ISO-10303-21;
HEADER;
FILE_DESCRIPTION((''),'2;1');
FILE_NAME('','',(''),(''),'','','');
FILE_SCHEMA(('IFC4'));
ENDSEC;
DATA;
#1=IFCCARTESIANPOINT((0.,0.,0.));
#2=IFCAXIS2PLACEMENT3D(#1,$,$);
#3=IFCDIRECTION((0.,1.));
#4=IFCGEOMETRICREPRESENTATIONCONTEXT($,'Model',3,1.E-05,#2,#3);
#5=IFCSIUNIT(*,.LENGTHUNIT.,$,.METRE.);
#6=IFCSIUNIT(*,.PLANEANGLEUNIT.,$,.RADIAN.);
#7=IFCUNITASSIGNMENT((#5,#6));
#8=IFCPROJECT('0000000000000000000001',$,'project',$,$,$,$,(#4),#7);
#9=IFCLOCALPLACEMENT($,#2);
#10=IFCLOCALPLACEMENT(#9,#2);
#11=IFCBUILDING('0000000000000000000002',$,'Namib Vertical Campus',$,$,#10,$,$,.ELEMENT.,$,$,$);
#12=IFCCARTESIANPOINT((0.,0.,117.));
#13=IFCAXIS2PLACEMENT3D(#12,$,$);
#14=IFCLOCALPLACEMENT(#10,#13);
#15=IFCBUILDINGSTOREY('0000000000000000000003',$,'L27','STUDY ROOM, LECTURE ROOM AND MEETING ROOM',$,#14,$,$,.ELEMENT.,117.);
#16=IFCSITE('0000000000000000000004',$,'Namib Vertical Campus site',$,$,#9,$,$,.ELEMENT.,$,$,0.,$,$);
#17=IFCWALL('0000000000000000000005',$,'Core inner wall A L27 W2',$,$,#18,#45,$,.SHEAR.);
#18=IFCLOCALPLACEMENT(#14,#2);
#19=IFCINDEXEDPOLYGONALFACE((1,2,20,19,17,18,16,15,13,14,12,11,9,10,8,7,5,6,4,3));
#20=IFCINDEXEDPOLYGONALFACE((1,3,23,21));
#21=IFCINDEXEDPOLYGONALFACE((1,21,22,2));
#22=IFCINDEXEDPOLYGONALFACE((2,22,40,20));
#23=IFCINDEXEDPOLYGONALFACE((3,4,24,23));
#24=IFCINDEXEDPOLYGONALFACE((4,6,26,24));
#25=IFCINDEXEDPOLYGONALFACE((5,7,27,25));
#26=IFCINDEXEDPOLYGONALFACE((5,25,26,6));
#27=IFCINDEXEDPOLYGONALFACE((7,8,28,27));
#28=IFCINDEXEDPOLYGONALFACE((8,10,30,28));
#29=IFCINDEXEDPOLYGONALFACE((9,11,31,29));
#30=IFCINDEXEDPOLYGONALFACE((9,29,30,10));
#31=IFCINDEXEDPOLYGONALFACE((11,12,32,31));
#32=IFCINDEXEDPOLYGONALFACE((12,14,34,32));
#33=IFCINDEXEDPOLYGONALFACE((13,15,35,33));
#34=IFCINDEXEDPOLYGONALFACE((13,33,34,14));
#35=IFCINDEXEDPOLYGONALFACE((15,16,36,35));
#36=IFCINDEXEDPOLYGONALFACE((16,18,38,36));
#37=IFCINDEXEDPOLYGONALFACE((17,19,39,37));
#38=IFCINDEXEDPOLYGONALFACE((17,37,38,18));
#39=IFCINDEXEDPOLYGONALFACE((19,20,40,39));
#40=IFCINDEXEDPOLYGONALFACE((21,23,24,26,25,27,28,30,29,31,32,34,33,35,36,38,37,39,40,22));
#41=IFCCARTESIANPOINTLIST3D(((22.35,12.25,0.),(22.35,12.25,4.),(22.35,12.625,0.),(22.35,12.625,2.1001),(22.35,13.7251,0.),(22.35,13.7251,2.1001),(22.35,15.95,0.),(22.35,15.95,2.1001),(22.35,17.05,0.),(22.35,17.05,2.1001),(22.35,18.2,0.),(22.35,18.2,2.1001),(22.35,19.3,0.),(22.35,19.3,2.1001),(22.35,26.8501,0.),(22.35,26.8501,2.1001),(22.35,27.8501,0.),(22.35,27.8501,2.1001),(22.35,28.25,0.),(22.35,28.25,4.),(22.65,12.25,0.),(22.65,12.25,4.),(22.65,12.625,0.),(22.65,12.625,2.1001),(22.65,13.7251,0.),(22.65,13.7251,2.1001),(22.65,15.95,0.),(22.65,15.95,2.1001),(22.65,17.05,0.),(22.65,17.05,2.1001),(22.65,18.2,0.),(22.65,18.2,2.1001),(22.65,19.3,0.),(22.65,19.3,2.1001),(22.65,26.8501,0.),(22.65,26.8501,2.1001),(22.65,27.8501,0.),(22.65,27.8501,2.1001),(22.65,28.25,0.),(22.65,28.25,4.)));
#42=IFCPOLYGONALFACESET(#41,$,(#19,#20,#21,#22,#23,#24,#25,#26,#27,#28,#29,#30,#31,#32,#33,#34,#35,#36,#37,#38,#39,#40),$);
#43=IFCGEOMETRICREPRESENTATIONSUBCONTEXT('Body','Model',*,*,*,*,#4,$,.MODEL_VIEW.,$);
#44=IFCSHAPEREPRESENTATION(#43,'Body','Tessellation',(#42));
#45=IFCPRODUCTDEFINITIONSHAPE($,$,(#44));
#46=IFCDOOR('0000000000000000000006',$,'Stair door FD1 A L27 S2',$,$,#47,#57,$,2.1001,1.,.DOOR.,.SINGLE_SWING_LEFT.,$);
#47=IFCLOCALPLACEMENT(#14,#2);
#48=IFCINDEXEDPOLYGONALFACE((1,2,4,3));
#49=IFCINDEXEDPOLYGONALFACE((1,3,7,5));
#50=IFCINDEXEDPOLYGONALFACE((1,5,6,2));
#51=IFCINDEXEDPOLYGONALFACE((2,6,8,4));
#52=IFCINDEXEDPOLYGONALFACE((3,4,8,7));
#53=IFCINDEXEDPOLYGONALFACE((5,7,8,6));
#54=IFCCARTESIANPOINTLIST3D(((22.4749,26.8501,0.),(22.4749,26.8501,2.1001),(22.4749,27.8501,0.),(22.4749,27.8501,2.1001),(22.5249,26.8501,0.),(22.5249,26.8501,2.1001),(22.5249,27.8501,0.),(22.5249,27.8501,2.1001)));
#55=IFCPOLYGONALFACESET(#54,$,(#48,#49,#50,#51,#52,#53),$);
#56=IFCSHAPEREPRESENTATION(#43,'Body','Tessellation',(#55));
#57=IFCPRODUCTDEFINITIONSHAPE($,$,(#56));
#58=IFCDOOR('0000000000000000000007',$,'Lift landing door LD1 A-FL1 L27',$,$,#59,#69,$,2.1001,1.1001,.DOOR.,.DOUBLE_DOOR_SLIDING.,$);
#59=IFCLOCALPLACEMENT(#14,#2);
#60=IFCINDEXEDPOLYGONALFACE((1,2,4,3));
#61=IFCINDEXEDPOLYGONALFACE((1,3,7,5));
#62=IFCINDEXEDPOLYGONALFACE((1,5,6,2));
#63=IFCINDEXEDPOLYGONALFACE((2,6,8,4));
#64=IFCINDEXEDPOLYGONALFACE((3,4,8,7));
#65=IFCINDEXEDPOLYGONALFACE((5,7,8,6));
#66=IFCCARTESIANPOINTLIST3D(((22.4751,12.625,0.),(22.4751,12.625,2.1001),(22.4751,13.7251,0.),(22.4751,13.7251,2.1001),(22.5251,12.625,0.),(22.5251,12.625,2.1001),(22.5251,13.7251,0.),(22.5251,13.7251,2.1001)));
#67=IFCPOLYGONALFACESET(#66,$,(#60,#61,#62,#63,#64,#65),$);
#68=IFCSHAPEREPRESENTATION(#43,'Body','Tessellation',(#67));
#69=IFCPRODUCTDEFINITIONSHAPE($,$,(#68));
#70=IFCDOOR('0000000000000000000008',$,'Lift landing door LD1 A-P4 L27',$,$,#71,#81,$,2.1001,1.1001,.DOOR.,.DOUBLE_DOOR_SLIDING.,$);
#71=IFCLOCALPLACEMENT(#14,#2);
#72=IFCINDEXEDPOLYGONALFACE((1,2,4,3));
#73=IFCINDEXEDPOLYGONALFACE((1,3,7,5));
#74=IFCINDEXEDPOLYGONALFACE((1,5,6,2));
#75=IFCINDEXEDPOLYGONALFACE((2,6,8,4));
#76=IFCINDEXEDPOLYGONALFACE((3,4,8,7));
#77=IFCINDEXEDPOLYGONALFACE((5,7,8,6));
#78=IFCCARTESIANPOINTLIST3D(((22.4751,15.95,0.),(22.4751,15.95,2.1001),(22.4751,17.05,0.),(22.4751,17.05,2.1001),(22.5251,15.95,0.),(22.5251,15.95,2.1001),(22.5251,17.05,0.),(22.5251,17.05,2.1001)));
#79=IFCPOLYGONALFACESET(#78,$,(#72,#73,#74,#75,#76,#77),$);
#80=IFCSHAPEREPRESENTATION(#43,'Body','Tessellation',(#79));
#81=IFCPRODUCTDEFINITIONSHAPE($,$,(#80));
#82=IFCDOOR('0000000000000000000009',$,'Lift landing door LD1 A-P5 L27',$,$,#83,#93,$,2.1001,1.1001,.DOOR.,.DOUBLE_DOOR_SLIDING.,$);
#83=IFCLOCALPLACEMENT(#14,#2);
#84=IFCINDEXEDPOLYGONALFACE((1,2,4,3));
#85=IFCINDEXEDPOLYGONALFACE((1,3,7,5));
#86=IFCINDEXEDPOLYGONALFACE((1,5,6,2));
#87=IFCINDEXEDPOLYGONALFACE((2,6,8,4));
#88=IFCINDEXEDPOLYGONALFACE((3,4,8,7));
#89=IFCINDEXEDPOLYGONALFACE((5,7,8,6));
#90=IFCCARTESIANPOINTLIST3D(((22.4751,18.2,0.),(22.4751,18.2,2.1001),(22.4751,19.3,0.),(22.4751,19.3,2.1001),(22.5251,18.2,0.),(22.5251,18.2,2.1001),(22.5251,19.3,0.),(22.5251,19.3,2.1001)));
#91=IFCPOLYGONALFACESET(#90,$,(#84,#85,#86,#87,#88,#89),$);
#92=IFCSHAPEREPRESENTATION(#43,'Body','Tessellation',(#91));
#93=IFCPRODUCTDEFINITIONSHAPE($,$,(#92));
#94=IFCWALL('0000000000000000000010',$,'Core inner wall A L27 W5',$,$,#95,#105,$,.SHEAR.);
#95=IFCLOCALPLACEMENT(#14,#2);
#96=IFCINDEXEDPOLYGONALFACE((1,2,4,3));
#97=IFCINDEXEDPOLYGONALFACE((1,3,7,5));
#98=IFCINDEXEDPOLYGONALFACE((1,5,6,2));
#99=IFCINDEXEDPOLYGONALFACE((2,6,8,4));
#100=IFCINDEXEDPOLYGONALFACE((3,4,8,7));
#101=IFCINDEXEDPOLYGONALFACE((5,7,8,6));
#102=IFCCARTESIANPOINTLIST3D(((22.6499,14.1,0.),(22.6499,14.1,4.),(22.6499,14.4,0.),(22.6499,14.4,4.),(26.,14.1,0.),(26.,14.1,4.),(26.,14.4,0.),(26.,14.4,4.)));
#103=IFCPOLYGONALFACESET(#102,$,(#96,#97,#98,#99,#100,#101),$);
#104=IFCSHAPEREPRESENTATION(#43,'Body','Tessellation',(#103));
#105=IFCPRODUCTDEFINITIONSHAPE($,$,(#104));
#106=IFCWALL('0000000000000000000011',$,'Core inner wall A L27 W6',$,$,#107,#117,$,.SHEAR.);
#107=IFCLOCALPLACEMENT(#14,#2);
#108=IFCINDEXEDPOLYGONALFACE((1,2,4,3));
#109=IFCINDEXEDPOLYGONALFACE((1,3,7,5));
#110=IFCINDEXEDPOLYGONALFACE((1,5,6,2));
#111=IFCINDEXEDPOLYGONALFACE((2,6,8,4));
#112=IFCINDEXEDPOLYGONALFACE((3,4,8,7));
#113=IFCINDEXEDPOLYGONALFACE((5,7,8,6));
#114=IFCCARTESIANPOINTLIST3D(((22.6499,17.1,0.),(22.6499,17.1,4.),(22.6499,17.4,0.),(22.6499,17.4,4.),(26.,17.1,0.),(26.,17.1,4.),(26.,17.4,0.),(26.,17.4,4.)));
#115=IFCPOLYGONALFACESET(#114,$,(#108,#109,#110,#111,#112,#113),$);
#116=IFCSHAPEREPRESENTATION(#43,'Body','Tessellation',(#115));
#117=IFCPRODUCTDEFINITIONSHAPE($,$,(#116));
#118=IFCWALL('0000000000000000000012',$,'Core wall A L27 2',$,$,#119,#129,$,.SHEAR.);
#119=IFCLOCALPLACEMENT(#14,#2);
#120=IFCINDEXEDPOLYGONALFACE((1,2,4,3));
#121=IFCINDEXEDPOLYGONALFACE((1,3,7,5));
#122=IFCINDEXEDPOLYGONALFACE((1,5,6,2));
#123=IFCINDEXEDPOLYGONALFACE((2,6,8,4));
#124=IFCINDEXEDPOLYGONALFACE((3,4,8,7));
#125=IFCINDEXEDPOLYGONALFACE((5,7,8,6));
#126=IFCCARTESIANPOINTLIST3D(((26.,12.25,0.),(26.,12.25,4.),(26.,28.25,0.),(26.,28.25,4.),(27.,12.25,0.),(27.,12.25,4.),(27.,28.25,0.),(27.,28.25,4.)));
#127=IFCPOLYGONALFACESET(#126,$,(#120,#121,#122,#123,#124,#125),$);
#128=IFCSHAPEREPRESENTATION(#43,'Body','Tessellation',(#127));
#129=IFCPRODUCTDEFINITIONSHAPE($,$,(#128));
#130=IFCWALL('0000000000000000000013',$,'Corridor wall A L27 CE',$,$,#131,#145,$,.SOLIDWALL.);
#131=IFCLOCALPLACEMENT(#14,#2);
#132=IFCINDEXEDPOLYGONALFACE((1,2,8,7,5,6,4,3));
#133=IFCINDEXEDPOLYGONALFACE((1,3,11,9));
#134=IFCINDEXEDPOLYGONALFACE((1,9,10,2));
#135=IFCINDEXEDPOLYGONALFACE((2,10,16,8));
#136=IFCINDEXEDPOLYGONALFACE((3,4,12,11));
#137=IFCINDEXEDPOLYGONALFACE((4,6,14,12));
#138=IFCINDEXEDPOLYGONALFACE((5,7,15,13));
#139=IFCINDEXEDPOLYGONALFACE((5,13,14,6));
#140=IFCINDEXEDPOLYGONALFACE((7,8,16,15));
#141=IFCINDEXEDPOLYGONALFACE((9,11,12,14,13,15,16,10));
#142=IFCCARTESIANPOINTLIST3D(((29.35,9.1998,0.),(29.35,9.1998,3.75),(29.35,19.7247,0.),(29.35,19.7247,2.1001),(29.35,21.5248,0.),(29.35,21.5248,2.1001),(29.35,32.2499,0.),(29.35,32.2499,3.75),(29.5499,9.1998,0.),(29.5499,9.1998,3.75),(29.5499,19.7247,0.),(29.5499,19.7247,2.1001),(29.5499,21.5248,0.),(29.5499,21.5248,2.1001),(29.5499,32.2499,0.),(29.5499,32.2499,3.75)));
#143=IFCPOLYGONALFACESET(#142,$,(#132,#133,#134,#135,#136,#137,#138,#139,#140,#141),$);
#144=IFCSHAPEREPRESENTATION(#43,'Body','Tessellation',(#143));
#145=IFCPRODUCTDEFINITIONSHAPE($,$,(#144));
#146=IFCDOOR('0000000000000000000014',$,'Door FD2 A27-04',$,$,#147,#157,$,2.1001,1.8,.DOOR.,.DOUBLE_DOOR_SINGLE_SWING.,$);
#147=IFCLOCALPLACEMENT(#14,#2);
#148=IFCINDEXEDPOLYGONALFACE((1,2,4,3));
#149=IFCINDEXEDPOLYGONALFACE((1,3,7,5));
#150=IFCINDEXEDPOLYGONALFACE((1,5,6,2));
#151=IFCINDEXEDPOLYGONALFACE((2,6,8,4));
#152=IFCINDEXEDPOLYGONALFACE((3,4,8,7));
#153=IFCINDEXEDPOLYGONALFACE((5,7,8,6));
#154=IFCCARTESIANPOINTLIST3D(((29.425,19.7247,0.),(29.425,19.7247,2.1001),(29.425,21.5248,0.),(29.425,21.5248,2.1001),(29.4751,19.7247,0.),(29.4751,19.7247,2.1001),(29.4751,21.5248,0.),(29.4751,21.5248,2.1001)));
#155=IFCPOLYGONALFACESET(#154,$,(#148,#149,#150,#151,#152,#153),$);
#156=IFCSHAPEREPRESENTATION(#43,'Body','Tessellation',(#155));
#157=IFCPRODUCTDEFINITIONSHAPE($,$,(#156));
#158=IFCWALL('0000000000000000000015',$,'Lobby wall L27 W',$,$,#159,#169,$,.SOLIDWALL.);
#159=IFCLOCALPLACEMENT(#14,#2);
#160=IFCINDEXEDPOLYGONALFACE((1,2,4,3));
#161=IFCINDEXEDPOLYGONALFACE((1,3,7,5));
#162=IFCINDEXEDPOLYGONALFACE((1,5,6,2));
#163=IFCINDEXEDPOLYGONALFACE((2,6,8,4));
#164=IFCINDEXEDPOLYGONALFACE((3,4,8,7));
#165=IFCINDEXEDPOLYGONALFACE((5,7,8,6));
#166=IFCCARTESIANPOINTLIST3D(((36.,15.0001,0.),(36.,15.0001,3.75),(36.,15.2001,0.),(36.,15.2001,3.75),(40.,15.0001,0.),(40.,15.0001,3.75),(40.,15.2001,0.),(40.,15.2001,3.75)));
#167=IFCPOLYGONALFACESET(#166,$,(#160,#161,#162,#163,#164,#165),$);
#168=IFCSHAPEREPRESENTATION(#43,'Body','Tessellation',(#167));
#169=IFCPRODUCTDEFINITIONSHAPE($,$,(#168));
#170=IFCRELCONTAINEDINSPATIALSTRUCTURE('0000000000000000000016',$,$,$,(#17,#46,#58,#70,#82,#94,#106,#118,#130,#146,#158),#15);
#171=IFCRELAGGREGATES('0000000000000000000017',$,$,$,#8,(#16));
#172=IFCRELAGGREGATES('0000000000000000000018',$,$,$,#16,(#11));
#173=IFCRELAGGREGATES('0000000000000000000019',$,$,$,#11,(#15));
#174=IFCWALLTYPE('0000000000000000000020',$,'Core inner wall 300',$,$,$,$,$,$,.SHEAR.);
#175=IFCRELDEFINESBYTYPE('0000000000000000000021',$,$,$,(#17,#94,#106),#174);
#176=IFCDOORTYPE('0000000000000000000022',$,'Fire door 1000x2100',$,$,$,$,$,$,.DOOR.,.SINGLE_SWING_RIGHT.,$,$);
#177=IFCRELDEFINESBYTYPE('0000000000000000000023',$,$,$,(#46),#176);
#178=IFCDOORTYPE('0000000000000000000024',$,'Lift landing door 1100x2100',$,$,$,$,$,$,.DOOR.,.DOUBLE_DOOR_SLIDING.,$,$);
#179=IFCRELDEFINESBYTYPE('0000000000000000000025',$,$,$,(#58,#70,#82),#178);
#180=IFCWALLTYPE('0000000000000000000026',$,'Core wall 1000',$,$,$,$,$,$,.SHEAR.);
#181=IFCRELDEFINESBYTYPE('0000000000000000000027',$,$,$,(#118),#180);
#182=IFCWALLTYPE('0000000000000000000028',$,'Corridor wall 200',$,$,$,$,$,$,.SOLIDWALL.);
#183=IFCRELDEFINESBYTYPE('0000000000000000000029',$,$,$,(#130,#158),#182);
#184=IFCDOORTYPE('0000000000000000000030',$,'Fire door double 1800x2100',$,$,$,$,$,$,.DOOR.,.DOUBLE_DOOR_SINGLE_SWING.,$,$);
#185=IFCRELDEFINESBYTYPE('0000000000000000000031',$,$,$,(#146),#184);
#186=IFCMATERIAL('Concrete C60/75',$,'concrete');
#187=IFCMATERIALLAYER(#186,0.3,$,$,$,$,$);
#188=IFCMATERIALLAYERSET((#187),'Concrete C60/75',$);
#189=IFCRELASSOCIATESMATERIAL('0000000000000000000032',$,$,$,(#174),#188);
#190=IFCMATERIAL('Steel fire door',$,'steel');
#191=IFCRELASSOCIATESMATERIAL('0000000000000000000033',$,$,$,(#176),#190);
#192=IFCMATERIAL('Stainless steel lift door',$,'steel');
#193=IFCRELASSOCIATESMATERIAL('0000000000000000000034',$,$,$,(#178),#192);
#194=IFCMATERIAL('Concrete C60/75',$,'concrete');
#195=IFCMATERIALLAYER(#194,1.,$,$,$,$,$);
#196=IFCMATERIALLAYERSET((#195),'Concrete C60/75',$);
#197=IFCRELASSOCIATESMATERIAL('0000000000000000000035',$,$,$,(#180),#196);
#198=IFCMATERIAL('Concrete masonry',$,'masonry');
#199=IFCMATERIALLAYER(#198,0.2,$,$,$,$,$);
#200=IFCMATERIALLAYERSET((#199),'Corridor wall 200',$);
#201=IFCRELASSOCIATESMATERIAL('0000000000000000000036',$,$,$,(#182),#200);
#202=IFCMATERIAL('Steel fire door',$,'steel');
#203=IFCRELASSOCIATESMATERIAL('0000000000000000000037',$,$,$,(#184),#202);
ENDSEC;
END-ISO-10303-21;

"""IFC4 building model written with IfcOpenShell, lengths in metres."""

from ifc_helpers import new_model, si_unit, direction, frame, frame_2d, origin, place, context, subcontext, project, spatial, rectangle, extrude, material, layer, layer_set, type_object, element, fill, save


model = new_model("IFC4")

# Units and contexts
model_context = context("Model", 3, precision=1e-05, world=origin(), true_north=direction((0.0, 1.0)))
body_context = subcontext(model_context, "Body", "Model", "MODEL_VIEW")
ifc_project = project(units=[si_unit("LENGTHUNIT", "METRE"), si_unit("PLANEANGLEUNIT", "RADIAN")], contexts=[model_context])

# Site, building, storey
site_placement = place(None, origin())
site = spatial("IfcSite", under=ifc_project, at=site_placement, Name="Namib Vertical Campus site", CompositionType="ELEMENT", RefElevation=0.0)
building_placement = place(site_placement, origin())
building = spatial("IfcBuilding", under=site, at=building_placement, Name="Namib Vertical Campus", CompositionType="ELEMENT")
storey_placement = place(building_placement, frame((0.0, 0.0, 117.0)))
storey = spatial("IfcBuildingStorey", under=building, at=storey_placement, Name="L27", Description="STUDY ROOM, LECTURE ROOM AND MEETING ROOM", CompositionType="ELEMENT", Elevation=117.0)

# Wall, openings, doors
ifc_material_1 = material(Name="Concrete C60/75", Category="concrete")
ifc_layer_1 = layer(ifc_material_1, 0.3)
ifc_layer_set_1 = layer_set([ifc_layer_1], Name="Concrete C60/75")
wall_type_1 = type_object("IfcWallType", Name="Core inner wall 300", PredefinedType="SHEAR", material=ifc_layer_set_1)
wall_1_placement = place(storey_placement, frame((22.5, 12.25, 0.0), z_axis=(0.0, 0.0, 1.0), x_axis=(0.0, 1.0, 0.0)))
wall_1 = element("IfcWall", 1, at=wall_1_placement, inside=storey, type_object=wall_type_1, Name="Core inner wall A L27 W2", PredefinedType="SHEAR", context=body_context, shape_type="SweptSolid", body=[
    extrude(rectangle(XDim=16.0, YDim=0.3, at=frame_2d((8.0, 0.0))), origin(), (0.0, 0.0, 1.0), 4.0),
])
opening_1_placement = place(wall_1_placement, frame((14.6001, 0.0, 0.0)))
opening_1 = element("IfcOpeningElement", 2, at=opening_1_placement, cuts=wall_1, PredefinedType="OPENING", context=body_context, shape_type="SweptSolid", body=[
    extrude(rectangle(XDim=1.0, YDim=2.1001, at=frame_2d((0.5, 1.05))), frame((0.0, 0.1599, 0.0), z_axis=(0.0, -1.0, 0.0), x_axis=(1.0, 0.0, 0.0)), (0.0, 0.0, 1.0), 0.3201),
])
opening_2_placement = place(wall_1_placement, frame((0.375, 0.0, 0.0)))
opening_2 = element("IfcOpeningElement", 3, at=opening_2_placement, cuts=wall_1, PredefinedType="OPENING", context=body_context, shape_type="SweptSolid", body=[
    extrude(rectangle(XDim=1.1001, YDim=2.1001, at=frame_2d((0.55, 1.05))), frame((0.0, 0.1599, 0.0), z_axis=(0.0, -1.0, 0.0), x_axis=(1.0, 0.0, 0.0)), (0.0, 0.0, 1.0), 0.3201),
])
opening_3_placement = place(wall_1_placement, frame((3.7, 0.0, 0.0)))
opening_3 = element("IfcOpeningElement", 4, at=opening_3_placement, cuts=wall_1, PredefinedType="OPENING", context=body_context, shape_type="SweptSolid", body=[
    extrude(rectangle(XDim=1.1001, YDim=2.1001, at=frame_2d((0.55, 1.05))), frame((0.0, 0.1599, 0.0), z_axis=(0.0, -1.0, 0.0), x_axis=(1.0, 0.0, 0.0)), (0.0, 0.0, 1.0), 0.3201),
])
opening_4_placement = place(wall_1_placement, frame((5.95, 0.0, 0.0)))
opening_4 = element("IfcOpeningElement", 5, at=opening_4_placement, cuts=wall_1, PredefinedType="OPENING", context=body_context, shape_type="SweptSolid", body=[
    extrude(rectangle(XDim=1.1001, YDim=2.1001, at=frame_2d((0.55, 1.05))), frame((0.0, 0.1599, 0.0), z_axis=(0.0, -1.0, 0.0), x_axis=(1.0, 0.0, 0.0)), (0.0, 0.0, 1.0), 0.3201),
])
ifc_material_2 = material(Name="Steel fire door", Category="steel")
door_type_1 = type_object("IfcDoorType", Name="Fire door 1000x2100", OperationType="SINGLE_SWING_RIGHT", PredefinedType="DOOR", material=ifc_material_2)
door_1_placement = place(opening_1_placement, frame((1.0, 0.0, 0.0), z_axis=(0.0, 0.0, 1.0), x_axis=(-1.0, 0.0, 0.0)))
door_1 = element("IfcDoor", 6, at=door_1_placement, inside=storey, type_object=door_type_1, Name="Stair door FD1 A L27 S2", OperationType="SINGLE_SWING_LEFT", OverallHeight=2.1001, OverallWidth=1.0, PredefinedType="DOOR", context=body_context, shape_type="SweptSolid", body=[
    extrude(rectangle(XDim=1.0, YDim=2.1001, at=frame_2d((0.5, 1.05))), frame((0.0, 0.0249, 0.0), z_axis=(0.0, -1.0, 0.0), x_axis=(1.0, 0.0, 0.0)), (0.0, 0.0, 1.0), 0.05),
])
fill(opening_1, door_1)
ifc_material_3 = material(Name="Stainless steel lift door", Category="steel")
door_type_2 = type_object("IfcDoorType", Name="Lift landing door 1100x2100", OperationType="DOUBLE_DOOR_SLIDING", PredefinedType="DOOR", material=ifc_material_3)
door_2_placement = place(opening_2_placement, origin())
door_2 = element("IfcDoor", 7, at=door_2_placement, inside=storey, type_object=door_type_2, Name="Lift landing door LD1 A-FL1 L27", OperationType="DOUBLE_DOOR_SLIDING", OverallHeight=2.1001, OverallWidth=1.1001, PredefinedType="DOOR", context=body_context, shape_type="SweptSolid", body=[
    extrude(rectangle(XDim=1.1001, YDim=2.1001, at=frame_2d((0.55, 1.05))), frame((0.0, 0.0249, 0.0), z_axis=(0.0, -1.0, 0.0), x_axis=(1.0, 0.0, 0.0)), (0.0, 0.0, 1.0), 0.05),
])
fill(opening_2, door_2)
door_3_placement = place(opening_3_placement, origin())
door_3 = element("IfcDoor", 8, at=door_3_placement, inside=storey, type_object=door_type_2, Name="Lift landing door LD1 A-P4 L27", OperationType="DOUBLE_DOOR_SLIDING", OverallHeight=2.1001, OverallWidth=1.1001, PredefinedType="DOOR", context=body_context, shape_type="SweptSolid", body=[
    extrude(rectangle(XDim=1.1001, YDim=2.1001, at=frame_2d((0.55, 1.05))), frame((0.0, 0.0249, 0.0), z_axis=(0.0, -1.0, 0.0), x_axis=(1.0, 0.0, 0.0)), (0.0, 0.0, 1.0), 0.05),
])
fill(opening_3, door_3)
door_4_placement = place(opening_4_placement, origin())
door_4 = element("IfcDoor", 9, at=door_4_placement, inside=storey, type_object=door_type_2, Name="Lift landing door LD1 A-P5 L27", OperationType="DOUBLE_DOOR_SLIDING", OverallHeight=2.1001, OverallWidth=1.1001, PredefinedType="DOOR", context=body_context, shape_type="SweptSolid", body=[
    extrude(rectangle(XDim=1.1001, YDim=2.1001, at=frame_2d((0.55, 1.05))), frame((0.0, 0.0249, 0.0), z_axis=(0.0, -1.0, 0.0), x_axis=(1.0, 0.0, 0.0)), (0.0, 0.0, 1.0), 0.05),
])
fill(opening_4, door_4)

# Walls
for number, where, z_axis, x_axis, name in (
    (10, (22.6499, 14.25, 0.0), (0.0, 0.0, 1.0), (1.0, 0.0, 0.0), "Core inner wall A L27 W5"),
    (11, (22.6499, 17.25, 0.0), (0.0, 0.0, 1.0), (1.0, 0.0, 0.0), "Core inner wall A L27 W6"),
):
    element("IfcWall", number, at=place(storey_placement, frame(where, z_axis=z_axis, x_axis=x_axis)), inside=storey, type_object=wall_type_1, Name=name, PredefinedType="SHEAR", context=body_context, shape_type="SweptSolid", body=[
        extrude(rectangle(XDim=3.3501, YDim=0.3, at=frame_2d((1.675, 0.0))), origin(), (0.0, 0.0, 1.0), 4.0),
    ])
ifc_material_4 = material(Name="Concrete C60/75", Category="concrete")
ifc_layer_2 = layer(ifc_material_4, 1.0)
ifc_layer_set_2 = layer_set([ifc_layer_2], Name="Concrete C60/75")
wall_type_2 = type_object("IfcWallType", Name="Core wall 1000", PredefinedType="SHEAR", material=ifc_layer_set_2)
wall_2_placement = place(storey_placement, frame((26.5, 12.25, 0.0), z_axis=(0.0, 0.0, 1.0), x_axis=(0.0, 1.0, 0.0)))
element("IfcWall", 12, at=wall_2_placement, inside=storey, type_object=wall_type_2, Name="Core wall A L27 2", PredefinedType="SHEAR", context=body_context, shape_type="SweptSolid", body=[
    extrude(rectangle(XDim=16.0, YDim=1.0, at=frame_2d((8.0, 0.0))), origin(), (0.0, 0.0, 1.0), 4.0),
])

# Wall, opening, door
ifc_material_5 = material(Name="Concrete masonry", Category="masonry")
ifc_layer_3 = layer(ifc_material_5, 0.2)
ifc_layer_set_3 = layer_set([ifc_layer_3], Name="Corridor wall 200")
wall_type_3 = type_object("IfcWallType", Name="Corridor wall 200", PredefinedType="SOLIDWALL", material=ifc_layer_set_3)
wall_3_placement = place(storey_placement, frame((29.45, 9.2, 0.0), z_axis=(0.0, 0.0, 1.0), x_axis=(0.0, 1.0, 0.0)))
wall_3 = element("IfcWall", 13, at=wall_3_placement, inside=storey, type_object=wall_type_3, Name="Corridor wall A L27 CE", PredefinedType="SOLIDWALL", context=body_context, shape_type="SweptSolid", body=[
    extrude(rectangle(XDim=23.05, YDim=0.2, at=frame_2d((11.5249, 0.0))), origin(), (0.0, 0.0, 1.0), 3.75),
])
opening_5_placement = place(wall_3_placement, frame((10.5249, 0.0, 0.0)))
opening_5 = element("IfcOpeningElement", 14, at=opening_5_placement, cuts=wall_3, PredefinedType="OPENING", context=body_context, shape_type="SweptSolid", body=[
    extrude(rectangle(XDim=1.8, YDim=2.1001, at=frame_2d((0.8999, 1.05))), frame((0.0, 0.1099, 0.0), z_axis=(0.0, -1.0, 0.0), x_axis=(1.0, 0.0, 0.0)), (0.0, 0.0, 1.0), 0.22),
])
ifc_material_6 = material(Name="Steel fire door", Category="steel")
door_type_3 = type_object("IfcDoorType", Name="Fire door double 1800x2100", OperationType="DOUBLE_DOOR_SINGLE_SWING", PredefinedType="DOOR", material=ifc_material_6)
door_5_placement = place(opening_5_placement, origin())
door_5 = element("IfcDoor", 15, at=door_5_placement, inside=storey, type_object=door_type_3, Name="Door FD2 A27-04", OperationType="DOUBLE_DOOR_SINGLE_SWING", OverallHeight=2.1001, OverallWidth=1.8, PredefinedType="DOOR", context=body_context, shape_type="SweptSolid", body=[
    extrude(rectangle(XDim=1.8, YDim=2.1001, at=frame_2d((0.8999, 1.05))), frame((0.0, 0.0249, 0.0), z_axis=(0.0, -1.0, 0.0), x_axis=(1.0, 0.0, 0.0)), (0.0, 0.0, 1.0), 0.05),
])
fill(opening_5, door_5)

# Wall
wall_4_placement = place(storey_placement, frame((36.0, 15.1001, 0.0), z_axis=(0.0, 0.0, 1.0), x_axis=(1.0, 0.0, 0.0)))
element("IfcWall", 16, at=wall_4_placement, inside=storey, type_object=wall_type_3, Name="Lobby wall L27 W", PredefinedType="SOLIDWALL", context=body_context, shape_type="SweptSolid", body=[
    extrude(rectangle(XDim=4.0, YDim=0.2, at=frame_2d((2.0, 0.0))), origin(), (0.0, 0.0, 1.0), 3.75),
])

save(model, "model.ifc")
